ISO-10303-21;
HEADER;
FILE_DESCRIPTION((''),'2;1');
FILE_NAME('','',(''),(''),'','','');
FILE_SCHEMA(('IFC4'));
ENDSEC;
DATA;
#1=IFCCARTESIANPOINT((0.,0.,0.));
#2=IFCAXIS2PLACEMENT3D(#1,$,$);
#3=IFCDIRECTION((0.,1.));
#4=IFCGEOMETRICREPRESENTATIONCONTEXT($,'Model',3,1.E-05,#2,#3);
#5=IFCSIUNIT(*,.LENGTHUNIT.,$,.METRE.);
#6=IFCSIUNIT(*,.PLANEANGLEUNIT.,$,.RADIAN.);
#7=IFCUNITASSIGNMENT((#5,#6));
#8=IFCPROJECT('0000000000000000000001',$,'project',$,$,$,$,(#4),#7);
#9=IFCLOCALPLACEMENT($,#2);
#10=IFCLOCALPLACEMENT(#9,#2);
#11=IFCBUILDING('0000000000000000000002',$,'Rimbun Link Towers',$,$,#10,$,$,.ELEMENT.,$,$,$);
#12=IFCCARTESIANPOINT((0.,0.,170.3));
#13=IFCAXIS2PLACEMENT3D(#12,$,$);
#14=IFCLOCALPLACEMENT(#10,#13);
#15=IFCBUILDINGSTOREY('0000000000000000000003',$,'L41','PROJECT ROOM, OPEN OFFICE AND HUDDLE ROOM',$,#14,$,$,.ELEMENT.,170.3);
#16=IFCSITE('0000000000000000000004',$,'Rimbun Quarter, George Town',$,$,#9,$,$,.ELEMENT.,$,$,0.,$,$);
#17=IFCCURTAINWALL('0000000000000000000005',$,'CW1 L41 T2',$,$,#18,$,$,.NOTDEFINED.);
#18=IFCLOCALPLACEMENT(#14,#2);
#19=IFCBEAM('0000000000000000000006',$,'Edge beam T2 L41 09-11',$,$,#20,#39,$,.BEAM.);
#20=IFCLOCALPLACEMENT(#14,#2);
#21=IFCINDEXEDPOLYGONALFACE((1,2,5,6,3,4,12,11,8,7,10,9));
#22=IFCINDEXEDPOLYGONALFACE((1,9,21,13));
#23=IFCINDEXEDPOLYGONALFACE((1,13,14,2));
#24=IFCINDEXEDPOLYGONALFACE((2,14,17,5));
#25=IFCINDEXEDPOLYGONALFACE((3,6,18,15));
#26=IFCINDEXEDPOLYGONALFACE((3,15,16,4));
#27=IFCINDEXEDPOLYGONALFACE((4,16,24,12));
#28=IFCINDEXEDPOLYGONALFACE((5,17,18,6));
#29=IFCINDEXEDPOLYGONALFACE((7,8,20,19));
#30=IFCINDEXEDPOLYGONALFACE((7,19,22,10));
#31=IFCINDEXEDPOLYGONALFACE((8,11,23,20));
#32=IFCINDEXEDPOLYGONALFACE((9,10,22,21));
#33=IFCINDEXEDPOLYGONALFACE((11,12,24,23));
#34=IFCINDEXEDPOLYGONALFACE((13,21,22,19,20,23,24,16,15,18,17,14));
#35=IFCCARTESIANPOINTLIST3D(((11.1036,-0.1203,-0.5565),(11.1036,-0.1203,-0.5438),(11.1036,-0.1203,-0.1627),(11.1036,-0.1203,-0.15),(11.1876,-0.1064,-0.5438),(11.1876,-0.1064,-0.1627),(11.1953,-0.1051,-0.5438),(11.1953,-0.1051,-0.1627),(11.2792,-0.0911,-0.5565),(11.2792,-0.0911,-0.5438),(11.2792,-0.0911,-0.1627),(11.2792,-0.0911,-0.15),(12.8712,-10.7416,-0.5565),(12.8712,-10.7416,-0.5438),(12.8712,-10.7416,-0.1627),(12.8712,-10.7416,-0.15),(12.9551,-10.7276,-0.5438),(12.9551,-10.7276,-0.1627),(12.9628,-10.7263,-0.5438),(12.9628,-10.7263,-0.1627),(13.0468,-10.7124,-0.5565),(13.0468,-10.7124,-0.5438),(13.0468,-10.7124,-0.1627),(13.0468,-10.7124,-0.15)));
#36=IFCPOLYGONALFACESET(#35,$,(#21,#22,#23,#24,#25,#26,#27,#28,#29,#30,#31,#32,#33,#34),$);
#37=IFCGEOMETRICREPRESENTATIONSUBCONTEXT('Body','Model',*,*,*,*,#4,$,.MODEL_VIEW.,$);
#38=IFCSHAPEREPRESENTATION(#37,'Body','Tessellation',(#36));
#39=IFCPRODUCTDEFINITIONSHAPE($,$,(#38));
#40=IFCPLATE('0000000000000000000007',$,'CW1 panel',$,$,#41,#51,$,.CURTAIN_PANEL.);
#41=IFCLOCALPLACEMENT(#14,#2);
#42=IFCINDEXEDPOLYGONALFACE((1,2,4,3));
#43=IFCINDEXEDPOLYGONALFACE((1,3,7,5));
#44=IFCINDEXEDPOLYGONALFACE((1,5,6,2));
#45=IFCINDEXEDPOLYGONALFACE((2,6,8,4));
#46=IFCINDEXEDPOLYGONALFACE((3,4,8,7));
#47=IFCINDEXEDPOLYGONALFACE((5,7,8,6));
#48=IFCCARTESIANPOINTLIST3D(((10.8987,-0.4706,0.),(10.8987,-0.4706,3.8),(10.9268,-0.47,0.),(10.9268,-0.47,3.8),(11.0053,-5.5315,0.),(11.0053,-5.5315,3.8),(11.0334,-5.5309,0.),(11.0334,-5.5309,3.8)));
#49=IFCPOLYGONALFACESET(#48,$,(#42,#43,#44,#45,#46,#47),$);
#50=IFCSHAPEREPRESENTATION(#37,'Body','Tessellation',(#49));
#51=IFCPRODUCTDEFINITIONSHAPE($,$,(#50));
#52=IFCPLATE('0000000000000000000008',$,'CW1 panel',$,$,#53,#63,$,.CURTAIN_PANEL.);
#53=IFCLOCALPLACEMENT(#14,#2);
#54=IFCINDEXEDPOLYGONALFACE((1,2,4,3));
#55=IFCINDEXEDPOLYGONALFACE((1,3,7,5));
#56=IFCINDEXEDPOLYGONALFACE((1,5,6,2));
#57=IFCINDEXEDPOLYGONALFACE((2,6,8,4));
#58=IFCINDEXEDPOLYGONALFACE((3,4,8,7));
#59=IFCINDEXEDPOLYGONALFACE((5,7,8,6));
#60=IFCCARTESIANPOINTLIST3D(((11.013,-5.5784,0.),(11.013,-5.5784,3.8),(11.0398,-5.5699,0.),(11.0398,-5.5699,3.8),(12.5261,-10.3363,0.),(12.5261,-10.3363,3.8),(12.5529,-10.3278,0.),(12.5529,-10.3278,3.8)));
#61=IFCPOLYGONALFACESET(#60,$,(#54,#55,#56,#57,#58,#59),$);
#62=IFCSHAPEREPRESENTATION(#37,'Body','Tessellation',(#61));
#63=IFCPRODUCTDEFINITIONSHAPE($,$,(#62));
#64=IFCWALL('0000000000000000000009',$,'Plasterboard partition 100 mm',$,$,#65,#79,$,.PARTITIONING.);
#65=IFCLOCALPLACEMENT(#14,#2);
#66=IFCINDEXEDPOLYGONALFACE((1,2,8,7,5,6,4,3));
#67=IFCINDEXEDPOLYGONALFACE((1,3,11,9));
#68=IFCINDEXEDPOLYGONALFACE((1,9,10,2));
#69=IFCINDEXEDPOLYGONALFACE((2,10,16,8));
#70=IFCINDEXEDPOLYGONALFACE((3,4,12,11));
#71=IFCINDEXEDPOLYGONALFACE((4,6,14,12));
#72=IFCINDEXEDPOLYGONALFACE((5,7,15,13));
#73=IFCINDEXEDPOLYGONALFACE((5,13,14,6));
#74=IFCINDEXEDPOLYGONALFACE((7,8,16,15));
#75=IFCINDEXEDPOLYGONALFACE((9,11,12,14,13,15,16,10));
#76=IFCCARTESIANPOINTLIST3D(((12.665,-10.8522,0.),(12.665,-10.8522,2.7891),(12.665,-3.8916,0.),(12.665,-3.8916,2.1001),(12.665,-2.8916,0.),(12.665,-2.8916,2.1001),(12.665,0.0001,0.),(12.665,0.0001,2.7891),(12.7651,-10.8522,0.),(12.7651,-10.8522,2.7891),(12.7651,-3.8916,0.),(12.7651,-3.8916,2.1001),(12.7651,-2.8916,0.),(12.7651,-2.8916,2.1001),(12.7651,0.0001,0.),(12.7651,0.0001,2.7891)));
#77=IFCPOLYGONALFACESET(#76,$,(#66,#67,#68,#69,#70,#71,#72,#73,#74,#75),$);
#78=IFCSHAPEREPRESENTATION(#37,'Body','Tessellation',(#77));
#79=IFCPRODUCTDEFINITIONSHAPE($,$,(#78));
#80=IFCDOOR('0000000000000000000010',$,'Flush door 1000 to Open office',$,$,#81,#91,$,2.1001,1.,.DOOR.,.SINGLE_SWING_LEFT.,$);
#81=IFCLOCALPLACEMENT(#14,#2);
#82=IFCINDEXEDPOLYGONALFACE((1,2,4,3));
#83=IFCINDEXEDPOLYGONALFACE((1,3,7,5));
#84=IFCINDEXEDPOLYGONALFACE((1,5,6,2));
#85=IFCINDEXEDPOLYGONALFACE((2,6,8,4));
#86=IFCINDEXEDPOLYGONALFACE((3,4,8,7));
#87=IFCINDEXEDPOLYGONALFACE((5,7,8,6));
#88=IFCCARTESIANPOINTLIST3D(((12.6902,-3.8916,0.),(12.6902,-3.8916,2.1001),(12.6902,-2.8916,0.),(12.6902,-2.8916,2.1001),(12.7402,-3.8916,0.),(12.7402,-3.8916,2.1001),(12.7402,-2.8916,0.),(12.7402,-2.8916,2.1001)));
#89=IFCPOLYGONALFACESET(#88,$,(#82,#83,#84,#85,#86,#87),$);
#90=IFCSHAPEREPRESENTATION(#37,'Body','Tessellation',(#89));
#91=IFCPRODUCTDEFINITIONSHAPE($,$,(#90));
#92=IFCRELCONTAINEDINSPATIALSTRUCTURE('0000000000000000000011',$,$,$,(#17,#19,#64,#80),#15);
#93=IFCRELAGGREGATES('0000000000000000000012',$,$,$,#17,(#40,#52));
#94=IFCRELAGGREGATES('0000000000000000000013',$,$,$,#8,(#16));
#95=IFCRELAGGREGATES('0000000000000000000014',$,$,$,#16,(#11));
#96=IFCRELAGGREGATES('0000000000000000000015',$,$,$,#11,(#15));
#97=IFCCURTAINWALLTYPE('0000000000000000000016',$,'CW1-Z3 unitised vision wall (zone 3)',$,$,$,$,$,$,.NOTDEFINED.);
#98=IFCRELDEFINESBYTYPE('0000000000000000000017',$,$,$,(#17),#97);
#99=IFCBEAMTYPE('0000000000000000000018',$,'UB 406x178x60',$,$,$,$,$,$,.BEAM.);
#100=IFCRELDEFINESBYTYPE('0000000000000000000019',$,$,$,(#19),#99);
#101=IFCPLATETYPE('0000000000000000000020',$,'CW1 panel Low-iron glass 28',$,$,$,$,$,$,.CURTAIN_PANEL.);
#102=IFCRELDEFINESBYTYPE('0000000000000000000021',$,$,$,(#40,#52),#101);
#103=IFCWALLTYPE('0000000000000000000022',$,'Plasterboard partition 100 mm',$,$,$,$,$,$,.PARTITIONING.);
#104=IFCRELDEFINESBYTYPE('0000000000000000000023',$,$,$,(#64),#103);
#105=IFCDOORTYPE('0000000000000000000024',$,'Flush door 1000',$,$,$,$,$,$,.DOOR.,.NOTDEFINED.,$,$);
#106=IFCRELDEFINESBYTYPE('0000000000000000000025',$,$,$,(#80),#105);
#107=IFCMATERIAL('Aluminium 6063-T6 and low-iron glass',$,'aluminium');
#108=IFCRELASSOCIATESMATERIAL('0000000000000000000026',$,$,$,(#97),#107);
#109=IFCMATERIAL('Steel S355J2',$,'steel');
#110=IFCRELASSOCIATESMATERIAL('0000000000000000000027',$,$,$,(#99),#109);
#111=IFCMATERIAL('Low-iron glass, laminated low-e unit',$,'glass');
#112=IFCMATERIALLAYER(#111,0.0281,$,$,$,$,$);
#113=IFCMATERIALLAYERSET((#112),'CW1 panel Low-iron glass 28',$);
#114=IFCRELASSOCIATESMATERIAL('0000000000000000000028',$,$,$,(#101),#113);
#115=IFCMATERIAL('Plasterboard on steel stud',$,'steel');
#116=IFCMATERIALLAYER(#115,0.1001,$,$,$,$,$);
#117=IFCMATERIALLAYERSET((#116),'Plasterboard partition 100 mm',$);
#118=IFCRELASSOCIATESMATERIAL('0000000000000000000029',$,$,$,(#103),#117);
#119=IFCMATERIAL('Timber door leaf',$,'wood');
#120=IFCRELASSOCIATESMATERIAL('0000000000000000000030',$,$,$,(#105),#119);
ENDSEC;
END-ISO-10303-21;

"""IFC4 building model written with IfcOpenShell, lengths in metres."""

from ifc_helpers import new_model, si_unit, direction, frame, frame_2d, origin, origin_2d, place, context, subcontext, project, spatial, rectangle, i_section, extrude, material, layer, layer_set, material_profile, profile_set, type_object, element, fill, aggregate, save


model = new_model("IFC4")

# Units and contexts
model_context = context("Model", 3, precision=1e-05, world=origin(), true_north=direction((0.0, 1.0)))
body_context = subcontext(model_context, "Body", "Model", "MODEL_VIEW")
ifc_project = project(units=[si_unit("LENGTHUNIT", "METRE"), si_unit("PLANEANGLEUNIT", "RADIAN")], contexts=[model_context])

# Site, building, storey
site_placement = place(None, origin())
site = spatial("IfcSite", under=ifc_project, at=site_placement, Name="Rimbun Quarter, George Town", CompositionType="ELEMENT", RefElevation=0.0)
building_placement = place(site_placement, origin())
building = spatial("IfcBuilding", under=site, at=building_placement, Name="Rimbun Link Towers", CompositionType="ELEMENT")
storey_placement = place(building_placement, frame((0.0, 0.0, 170.3)))
storey = spatial("IfcBuildingStorey", under=building, at=storey_placement, Name="L41", Description="PROJECT ROOM, OPEN OFFICE AND HUDDLE ROOM", CompositionType="ELEMENT", Elevation=170.3)

# Curtain wall
ifc_material_1 = material(Name="Aluminium 6063-T6 and low-iron glass", Category="aluminium")
curtain_wall_type = type_object("IfcCurtainWallType", Name="CW1-Z3 unitised vision wall (zone 3)", PredefinedType="NOTDEFINED", material=ifc_material_1)
curtain_wall_placement = place(storey_placement, origin())
curtain_wall = element("IfcCurtainWall", 1, at=curtain_wall_placement, inside=storey, type_object=curtain_wall_type, Name="CW1 L41 T2", PredefinedType="NOTDEFINED")

# Beam
ifc_material_2 = material(Name="Steel S355J2", Category="steel")
ifc_material_profile_1 = material_profile(ifc_material_2, i_section(OverallWidth=0.178, OverallDepth=0.4065, WebThickness=0.0078, FlangeThickness=0.0127, at=origin_2d()), Name="UB 406x178x60")
ifc_profile_set_1 = profile_set([ifc_material_profile_1], Name="Steel S355J2")
beam_type_1 = type_object("IfcBeamType", Name="UB 406x178x60", PredefinedType="BEAM", material=ifc_profile_set_1)
beam_1_placement = place(storey_placement, frame((11.1914, -0.1057, -0.3533), z_axis=(0.16416, -0.986434, 0.0), x_axis=(0.986434, 0.16416, 0.0)))
element("IfcBeam", 2, at=beam_1_placement, inside=storey, type_object=beam_type_1, Name="Edge beam T2 L41 09-11", PredefinedType="BEAM", context=body_context, shape_type="SweptSolid", body=[
    extrude(i_section(OverallWidth=0.178, OverallDepth=0.4065, WebThickness=0.0078, FlangeThickness=0.0127, at=origin_2d()), origin(), (0.0, 0.0, 1.0), 10.7673),
])

# Plates
ifc_material_3 = material(Name="Low-iron glass, laminated low-e unit", Category="glass")
ifc_layer_1 = layer(ifc_material_3, 0.0281)
ifc_layer_set_1 = layer_set([ifc_layer_1], Name="CW1 panel Low-iron glass 28")
plate_type = type_object("IfcPlateType", Name="CW1 panel Low-iron glass 28", PredefinedType="CURTAIN_PANEL", material=ifc_layer_set_1)
plate_1_placement = place(storey_placement, frame((10.9661, -3.0007, 0.0), z_axis=(0.0, 0.0, 1.0), x_axis=(-0.021055, 0.999778, 0.0)))
plate_1 = element("IfcPlate", 3, at=plate_1_placement, type_object=plate_type, Name="CW1 panel", PredefinedType="CURTAIN_PANEL", context=body_context, shape_type="SweptSolid", body=[
    extrude(rectangle(XDim=5.062, YDim=0.0281, at=origin_2d()), origin(), (0.0, 0.0, 1.0), 3.8),
])
plate_2_placement = place(storey_placement, frame((11.783, -7.9531, 0.0), z_axis=(0.0, 0.0, 1.0), x_axis=(-0.303068, 0.952969, 0.0)))
plate_2 = element("IfcPlate", 4, at=plate_2_placement, type_object=plate_type, Name="CW1 panel", PredefinedType="CURTAIN_PANEL", context=body_context, shape_type="SweptSolid", body=[
    extrude(rectangle(XDim=4.9927, YDim=0.0281, at=origin_2d()), origin(), (0.0, 0.0, 1.0), 3.8),
])
aggregate(curtain_wall, [plate_1, plate_2])

# Wall, opening, door
ifc_material_4 = material(Name="Plasterboard on steel stud", Category="steel")
ifc_layer_2 = layer(ifc_material_4, 0.1001)
ifc_layer_set_2 = layer_set([ifc_layer_2], Name="Plasterboard partition 100 mm")
wall_type = type_object("IfcWallType", Name="Plasterboard partition 100 mm", PredefinedType="PARTITIONING", material=ifc_layer_set_2)
wall_placement = place(storey_placement, frame((12.7151, -10.8523, 0.0), z_axis=(0.0, 0.0, 1.0), x_axis=(0.0, 1.0, 0.0)))
wall = element("IfcWall", 5, at=wall_placement, inside=storey, type_object=wall_type, Name="Plasterboard partition 100 mm", PredefinedType="PARTITIONING", context=body_context, shape_type="SweptSolid", body=[
    extrude(rectangle(XDim=10.8523, YDim=0.1001, at=frame_2d((5.4263, 0.0))), origin(), (0.0, 0.0, 1.0), 2.7891),
])
opening_placement = place(wall_placement, frame((6.9607, 0.0, 0.0)))
opening = element("IfcOpeningElement", 6, at=opening_placement, cuts=wall, PredefinedType="OPENING", context=body_context, shape_type="SweptSolid", body=[
    extrude(rectangle(XDim=1.0, YDim=2.1001, at=frame_2d((0.5, 1.05))), frame((0.0, 0.0601, 0.0), z_axis=(0.0, -1.0, 0.0), x_axis=(1.0, 0.0, 0.0)), (0.0, 0.0, 1.0), 0.1201),
])
ifc_material_5 = material(Name="Timber door leaf", Category="wood")
door_type = type_object("IfcDoorType", Name="Flush door 1000", OperationType="NOTDEFINED", PredefinedType="DOOR", material=ifc_material_5)
door_placement = place(opening_placement, origin())
door = element("IfcDoor", 7, at=door_placement, inside=storey, type_object=door_type, Name="Flush door 1000 to Open office", OperationType="SINGLE_SWING_LEFT", OverallHeight=2.1001, OverallWidth=1.0, PredefinedType="DOOR", context=body_context, shape_type="SweptSolid", body=[
    extrude(rectangle(XDim=1.0, YDim=2.1001, at=frame_2d((0.5, 1.05))), frame((0.0, 0.0249, 0.0), z_axis=(0.0, -1.0, 0.0), x_axis=(1.0, 0.0, 0.0)), (0.0, 0.0, 1.0), 0.05),
])
fill(opening, door)

save(model, "model.ifc")
